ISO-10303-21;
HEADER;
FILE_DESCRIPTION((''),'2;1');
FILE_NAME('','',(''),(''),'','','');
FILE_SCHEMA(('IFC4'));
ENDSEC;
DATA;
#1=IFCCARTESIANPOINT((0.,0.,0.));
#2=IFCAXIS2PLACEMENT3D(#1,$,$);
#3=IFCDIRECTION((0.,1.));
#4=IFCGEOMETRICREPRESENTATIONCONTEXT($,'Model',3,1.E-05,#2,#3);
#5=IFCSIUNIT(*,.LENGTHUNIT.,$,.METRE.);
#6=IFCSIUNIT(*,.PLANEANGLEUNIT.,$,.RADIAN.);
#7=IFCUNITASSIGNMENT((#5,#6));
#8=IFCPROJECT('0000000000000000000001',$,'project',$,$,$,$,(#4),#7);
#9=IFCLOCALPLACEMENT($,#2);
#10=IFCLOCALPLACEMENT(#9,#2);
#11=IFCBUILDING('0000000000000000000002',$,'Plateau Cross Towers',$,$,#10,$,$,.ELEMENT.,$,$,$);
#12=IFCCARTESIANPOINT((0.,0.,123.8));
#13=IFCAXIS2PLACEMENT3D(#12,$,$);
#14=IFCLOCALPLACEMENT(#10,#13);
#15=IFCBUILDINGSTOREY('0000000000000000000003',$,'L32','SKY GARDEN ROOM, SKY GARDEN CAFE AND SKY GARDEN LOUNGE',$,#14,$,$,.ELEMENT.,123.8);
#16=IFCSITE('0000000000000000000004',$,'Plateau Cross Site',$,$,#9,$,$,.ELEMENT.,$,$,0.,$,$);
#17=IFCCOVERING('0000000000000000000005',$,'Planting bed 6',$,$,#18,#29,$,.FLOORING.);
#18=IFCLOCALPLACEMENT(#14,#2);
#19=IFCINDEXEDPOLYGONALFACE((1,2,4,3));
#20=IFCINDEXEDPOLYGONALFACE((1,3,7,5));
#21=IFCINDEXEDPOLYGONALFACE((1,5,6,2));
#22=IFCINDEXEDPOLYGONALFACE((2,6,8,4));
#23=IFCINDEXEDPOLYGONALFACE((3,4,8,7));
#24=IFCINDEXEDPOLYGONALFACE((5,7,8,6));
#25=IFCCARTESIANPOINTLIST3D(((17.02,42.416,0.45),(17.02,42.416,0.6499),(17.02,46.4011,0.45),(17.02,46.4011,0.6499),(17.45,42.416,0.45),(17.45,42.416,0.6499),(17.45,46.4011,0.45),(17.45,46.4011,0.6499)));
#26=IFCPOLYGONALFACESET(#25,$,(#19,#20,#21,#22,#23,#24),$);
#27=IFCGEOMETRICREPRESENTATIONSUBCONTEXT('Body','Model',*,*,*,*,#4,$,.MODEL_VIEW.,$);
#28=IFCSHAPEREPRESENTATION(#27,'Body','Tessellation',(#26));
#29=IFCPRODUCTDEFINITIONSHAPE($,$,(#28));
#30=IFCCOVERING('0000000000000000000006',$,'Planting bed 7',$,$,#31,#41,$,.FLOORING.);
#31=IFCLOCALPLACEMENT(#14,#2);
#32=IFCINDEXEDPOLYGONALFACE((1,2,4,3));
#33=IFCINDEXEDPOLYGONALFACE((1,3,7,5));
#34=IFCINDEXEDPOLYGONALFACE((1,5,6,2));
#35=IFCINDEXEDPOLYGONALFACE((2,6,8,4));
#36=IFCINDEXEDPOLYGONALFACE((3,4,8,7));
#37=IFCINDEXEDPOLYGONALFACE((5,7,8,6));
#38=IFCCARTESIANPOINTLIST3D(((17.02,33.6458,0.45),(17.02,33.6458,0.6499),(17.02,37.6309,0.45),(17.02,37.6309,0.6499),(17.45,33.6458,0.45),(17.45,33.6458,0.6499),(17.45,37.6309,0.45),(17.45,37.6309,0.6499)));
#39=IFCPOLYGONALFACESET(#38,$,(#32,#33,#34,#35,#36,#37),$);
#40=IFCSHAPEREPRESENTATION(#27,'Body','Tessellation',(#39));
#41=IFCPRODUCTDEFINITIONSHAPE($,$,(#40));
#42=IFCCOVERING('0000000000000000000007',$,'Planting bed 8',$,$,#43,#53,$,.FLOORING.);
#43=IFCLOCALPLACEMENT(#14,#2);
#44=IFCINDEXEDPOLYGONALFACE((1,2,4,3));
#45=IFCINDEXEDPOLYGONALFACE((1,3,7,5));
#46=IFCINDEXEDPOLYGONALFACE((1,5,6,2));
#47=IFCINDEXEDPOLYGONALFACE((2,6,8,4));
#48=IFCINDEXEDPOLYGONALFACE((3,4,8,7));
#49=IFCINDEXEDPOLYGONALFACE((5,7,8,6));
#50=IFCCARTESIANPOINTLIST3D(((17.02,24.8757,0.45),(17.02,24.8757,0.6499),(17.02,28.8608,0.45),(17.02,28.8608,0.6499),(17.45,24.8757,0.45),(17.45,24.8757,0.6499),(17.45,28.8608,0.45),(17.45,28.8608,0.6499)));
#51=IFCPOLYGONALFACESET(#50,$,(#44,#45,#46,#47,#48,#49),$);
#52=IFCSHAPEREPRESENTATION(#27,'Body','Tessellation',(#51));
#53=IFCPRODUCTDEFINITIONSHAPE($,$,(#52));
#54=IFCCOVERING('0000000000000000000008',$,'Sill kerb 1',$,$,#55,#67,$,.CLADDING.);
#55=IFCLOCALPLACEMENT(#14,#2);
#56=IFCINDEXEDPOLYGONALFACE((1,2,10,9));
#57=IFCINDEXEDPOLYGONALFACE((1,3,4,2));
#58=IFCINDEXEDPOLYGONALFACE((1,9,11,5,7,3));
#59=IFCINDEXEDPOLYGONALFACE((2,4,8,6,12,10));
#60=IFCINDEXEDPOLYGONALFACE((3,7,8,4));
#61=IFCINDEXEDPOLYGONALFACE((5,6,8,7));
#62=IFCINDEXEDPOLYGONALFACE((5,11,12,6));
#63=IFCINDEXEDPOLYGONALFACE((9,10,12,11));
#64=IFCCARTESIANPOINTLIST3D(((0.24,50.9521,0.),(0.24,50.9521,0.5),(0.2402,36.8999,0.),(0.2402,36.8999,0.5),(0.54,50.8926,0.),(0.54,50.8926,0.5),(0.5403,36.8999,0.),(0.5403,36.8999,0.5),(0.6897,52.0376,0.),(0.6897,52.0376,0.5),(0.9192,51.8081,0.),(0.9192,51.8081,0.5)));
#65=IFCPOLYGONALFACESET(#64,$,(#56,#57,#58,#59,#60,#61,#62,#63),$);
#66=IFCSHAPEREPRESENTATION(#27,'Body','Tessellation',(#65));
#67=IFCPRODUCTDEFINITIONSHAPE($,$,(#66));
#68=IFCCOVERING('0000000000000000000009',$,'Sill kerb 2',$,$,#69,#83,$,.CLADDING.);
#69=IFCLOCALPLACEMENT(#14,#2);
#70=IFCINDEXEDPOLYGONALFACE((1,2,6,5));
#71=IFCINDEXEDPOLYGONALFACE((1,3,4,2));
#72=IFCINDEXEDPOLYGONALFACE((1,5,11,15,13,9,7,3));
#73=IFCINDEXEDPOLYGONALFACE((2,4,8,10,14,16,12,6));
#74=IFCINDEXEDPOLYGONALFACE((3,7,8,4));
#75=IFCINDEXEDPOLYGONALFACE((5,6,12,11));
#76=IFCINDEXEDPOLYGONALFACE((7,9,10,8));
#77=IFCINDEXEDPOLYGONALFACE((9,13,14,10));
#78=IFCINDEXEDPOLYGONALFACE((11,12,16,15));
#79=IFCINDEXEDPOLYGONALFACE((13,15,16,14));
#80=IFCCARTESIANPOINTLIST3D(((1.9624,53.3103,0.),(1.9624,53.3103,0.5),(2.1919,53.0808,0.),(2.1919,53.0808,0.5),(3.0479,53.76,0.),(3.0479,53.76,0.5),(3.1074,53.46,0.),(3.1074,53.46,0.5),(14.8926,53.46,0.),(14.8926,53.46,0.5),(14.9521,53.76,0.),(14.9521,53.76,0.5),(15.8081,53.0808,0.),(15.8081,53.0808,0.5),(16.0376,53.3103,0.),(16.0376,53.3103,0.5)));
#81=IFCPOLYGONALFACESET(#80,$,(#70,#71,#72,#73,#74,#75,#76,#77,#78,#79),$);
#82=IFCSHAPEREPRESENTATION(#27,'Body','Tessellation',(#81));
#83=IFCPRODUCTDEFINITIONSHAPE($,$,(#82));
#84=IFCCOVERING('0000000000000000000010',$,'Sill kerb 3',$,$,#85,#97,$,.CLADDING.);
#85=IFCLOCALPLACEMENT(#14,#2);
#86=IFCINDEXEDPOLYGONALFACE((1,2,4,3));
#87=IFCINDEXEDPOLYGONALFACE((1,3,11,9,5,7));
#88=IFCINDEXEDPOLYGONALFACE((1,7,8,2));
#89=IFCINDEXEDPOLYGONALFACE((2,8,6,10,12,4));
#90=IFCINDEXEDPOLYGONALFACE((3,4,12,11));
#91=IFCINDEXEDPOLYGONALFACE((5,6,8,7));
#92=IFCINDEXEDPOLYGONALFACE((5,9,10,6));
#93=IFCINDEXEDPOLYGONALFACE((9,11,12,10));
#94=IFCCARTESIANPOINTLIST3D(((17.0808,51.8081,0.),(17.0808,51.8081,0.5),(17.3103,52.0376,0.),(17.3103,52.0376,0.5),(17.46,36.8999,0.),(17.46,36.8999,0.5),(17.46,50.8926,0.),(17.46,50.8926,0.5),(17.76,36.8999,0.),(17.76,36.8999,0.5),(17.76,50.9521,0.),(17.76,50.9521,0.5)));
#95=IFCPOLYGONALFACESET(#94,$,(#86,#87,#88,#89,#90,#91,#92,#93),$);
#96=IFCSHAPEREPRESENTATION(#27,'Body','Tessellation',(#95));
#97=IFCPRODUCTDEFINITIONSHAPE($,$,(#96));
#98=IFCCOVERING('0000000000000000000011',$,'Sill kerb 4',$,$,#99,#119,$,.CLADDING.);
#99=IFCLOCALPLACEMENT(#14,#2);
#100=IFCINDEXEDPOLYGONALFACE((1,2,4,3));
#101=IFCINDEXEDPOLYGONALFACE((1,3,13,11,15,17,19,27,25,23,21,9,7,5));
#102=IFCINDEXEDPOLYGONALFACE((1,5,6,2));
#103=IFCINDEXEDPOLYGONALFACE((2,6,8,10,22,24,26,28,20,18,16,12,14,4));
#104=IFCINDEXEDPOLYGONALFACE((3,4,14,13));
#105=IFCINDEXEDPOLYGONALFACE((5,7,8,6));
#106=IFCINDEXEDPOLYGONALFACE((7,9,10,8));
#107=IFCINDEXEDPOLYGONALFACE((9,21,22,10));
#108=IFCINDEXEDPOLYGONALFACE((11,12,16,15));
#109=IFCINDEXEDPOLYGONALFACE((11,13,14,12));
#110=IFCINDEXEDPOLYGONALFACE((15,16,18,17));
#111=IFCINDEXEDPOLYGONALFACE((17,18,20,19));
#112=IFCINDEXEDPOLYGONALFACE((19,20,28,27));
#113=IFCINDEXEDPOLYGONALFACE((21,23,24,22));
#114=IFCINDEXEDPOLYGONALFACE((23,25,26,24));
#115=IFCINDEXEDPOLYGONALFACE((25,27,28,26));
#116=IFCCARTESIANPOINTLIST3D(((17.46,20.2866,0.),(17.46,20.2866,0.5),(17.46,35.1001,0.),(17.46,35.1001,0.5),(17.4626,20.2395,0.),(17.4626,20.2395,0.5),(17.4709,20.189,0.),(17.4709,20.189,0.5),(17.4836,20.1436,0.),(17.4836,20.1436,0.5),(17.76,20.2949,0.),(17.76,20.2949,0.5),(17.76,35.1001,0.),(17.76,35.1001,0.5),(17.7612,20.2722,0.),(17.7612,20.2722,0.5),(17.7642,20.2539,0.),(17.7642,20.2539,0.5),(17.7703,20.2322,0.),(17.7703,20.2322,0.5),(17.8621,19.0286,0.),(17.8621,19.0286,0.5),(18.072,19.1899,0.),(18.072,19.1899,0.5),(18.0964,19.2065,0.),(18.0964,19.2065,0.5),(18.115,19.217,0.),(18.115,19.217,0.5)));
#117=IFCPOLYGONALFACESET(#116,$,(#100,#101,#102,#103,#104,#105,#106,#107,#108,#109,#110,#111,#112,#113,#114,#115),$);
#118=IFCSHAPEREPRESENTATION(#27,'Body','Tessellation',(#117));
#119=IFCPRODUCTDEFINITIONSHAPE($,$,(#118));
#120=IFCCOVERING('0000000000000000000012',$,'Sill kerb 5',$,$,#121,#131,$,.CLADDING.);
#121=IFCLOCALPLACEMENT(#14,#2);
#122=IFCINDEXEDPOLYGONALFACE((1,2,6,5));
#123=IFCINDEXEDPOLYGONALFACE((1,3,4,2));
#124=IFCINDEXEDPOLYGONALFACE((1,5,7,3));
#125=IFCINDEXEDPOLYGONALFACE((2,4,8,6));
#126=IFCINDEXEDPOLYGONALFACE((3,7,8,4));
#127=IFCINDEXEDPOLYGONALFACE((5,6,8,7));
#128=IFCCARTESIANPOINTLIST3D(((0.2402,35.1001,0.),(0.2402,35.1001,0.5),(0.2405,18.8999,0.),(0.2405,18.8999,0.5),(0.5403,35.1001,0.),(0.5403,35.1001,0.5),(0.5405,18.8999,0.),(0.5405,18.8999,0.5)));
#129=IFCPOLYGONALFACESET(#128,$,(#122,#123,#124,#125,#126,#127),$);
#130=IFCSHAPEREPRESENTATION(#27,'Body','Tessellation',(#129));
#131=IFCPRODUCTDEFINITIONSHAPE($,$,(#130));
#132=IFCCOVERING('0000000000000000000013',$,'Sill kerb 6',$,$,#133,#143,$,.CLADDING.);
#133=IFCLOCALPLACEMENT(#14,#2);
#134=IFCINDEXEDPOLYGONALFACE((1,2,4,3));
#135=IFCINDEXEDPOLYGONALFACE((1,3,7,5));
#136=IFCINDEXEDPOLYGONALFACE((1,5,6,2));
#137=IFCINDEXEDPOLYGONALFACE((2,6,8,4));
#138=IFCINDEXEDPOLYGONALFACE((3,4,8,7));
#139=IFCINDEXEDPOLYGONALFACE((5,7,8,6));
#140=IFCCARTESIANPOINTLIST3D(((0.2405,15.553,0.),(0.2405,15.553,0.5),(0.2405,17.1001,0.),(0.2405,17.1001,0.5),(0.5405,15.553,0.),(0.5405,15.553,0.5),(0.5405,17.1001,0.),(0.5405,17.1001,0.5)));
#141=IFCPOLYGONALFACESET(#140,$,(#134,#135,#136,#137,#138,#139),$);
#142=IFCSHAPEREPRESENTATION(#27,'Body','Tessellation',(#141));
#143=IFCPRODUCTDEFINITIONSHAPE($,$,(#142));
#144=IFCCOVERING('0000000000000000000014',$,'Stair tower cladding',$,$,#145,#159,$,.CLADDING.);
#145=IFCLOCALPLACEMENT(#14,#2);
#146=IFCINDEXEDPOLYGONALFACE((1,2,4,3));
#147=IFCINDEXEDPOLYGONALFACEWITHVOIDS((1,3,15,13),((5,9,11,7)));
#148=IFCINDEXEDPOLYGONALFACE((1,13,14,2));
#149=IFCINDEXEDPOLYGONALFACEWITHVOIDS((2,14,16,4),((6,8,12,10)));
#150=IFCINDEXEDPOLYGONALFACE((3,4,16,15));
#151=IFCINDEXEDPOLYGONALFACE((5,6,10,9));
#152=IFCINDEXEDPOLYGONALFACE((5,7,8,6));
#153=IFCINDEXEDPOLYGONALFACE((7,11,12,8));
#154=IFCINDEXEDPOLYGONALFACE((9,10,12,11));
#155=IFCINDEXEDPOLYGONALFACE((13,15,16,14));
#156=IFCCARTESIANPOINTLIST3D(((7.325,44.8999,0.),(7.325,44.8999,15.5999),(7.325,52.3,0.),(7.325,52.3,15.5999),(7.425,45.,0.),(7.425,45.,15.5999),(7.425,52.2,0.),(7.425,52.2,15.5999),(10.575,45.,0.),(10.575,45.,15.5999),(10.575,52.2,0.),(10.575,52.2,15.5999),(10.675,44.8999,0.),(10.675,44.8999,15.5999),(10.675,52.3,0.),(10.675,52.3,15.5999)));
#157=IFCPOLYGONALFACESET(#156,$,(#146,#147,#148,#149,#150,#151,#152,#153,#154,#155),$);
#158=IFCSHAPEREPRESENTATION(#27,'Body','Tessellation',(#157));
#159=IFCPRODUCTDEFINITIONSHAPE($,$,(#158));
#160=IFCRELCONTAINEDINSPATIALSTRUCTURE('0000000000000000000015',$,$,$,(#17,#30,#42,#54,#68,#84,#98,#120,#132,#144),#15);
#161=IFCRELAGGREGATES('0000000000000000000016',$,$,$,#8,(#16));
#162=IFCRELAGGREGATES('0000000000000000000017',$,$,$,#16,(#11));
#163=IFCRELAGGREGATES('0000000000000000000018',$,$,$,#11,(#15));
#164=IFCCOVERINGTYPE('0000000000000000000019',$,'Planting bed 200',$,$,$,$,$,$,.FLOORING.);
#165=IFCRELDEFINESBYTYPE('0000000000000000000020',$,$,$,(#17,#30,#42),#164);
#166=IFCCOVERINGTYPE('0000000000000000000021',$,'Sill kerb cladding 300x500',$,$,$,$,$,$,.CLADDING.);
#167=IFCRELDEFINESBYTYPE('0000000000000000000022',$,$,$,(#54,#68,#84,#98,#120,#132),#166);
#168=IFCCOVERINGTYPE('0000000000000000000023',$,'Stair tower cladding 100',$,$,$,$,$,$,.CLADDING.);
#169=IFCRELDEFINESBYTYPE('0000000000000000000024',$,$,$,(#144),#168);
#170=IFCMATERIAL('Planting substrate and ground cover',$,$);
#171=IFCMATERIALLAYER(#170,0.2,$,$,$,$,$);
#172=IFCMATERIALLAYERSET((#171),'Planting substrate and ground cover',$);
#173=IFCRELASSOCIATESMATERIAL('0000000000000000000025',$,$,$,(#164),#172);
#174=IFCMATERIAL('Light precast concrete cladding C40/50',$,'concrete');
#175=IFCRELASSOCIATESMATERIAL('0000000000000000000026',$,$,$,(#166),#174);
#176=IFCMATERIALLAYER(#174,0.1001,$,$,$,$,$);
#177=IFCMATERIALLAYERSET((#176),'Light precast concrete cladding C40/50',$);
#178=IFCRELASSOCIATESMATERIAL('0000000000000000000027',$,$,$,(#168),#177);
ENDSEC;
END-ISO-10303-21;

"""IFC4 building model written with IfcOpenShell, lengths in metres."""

from ifc_helpers import new_model, si_unit, direction, frame, origin, place, context, subcontext, project, spatial, polyline, outline, extrude, material, layer, layer_set, type_object, element, save


model = new_model("IFC4")

# Units and contexts
model_context = context("Model", 3, precision=1e-05, world=origin(), true_north=direction((0.0, 1.0)))
body_context = subcontext(model_context, "Body", "Model", "MODEL_VIEW")
ifc_project = project(units=[si_unit("LENGTHUNIT", "METRE"), si_unit("PLANEANGLEUNIT", "RADIAN")], contexts=[model_context])

# Site, building, storey
site_placement = place(None, origin())
site = spatial("IfcSite", under=ifc_project, at=site_placement, Name="Plateau Cross Site", CompositionType="ELEMENT", RefElevation=0.0)
building_placement = place(site_placement, origin())
building = spatial("IfcBuilding", under=site, at=building_placement, Name="Plateau Cross Towers", CompositionType="ELEMENT")
storey_placement = place(building_placement, frame((0.0, 0.0, 123.8)))
storey = spatial("IfcBuildingStorey", under=building, at=storey_placement, Name="L32", Description="SKY GARDEN ROOM, SKY GARDEN CAFE AND SKY GARDEN LOUNGE", CompositionType="ELEMENT", Elevation=123.8)

# Coverings
ifc_material_1 = material(Name="Light precast concrete cladding C40/50", Category="concrete")
ifc_material_2 = material(Name="Planting substrate and ground cover")
ifc_layer_1 = layer(ifc_material_2, 0.2)
ifc_layer_set_1 = layer_set([ifc_layer_1], Name="Planting substrate and ground cover")
covering_type_1 = type_object("IfcCoveringType", Name="Planting bed 200", PredefinedType="FLOORING", material=ifc_layer_set_1)
covering_1_placement = place(storey_placement, frame((0.0, 0.0, 0.45)))
element("IfcCovering", 1, at=covering_1_placement, inside=storey, type_object=covering_type_1, Name="Planting bed 6", PredefinedType="FLOORING", context=body_context, shape_type="SweptSolid", body=[
    extrude(outline(polyline([(17.45, 42.416), (17.02, 42.416), (17.02, 46.4011), (17.45, 46.4011), (17.45, 42.416)])), origin(), (0.0, 0.0, 1.0), 0.2),
])
covering_2_placement = place(storey_placement, frame((0.0, 0.0, 0.45)))
element("IfcCovering", 2, at=covering_2_placement, inside=storey, type_object=covering_type_1, Name="Planting bed 7", PredefinedType="FLOORING", context=body_context, shape_type="SweptSolid", body=[
    extrude(outline(polyline([(17.45, 33.6458), (17.02, 33.6458), (17.02, 37.6309), (17.45, 37.6309), (17.45, 33.6458)])), origin(), (0.0, 0.0, 1.0), 0.2),
])
covering_3_placement = place(storey_placement, frame((0.0, 0.0, 0.45)))
element("IfcCovering", 3, at=covering_3_placement, inside=storey, type_object=covering_type_1, Name="Planting bed 8", PredefinedType="FLOORING", context=body_context, shape_type="SweptSolid", body=[
    extrude(outline(polyline([(17.45, 24.8757), (17.02, 24.8757), (17.02, 28.8608), (17.45, 28.8608), (17.45, 24.8757)])), origin(), (0.0, 0.0, 1.0), 0.2),
])
covering_type_2 = type_object("IfcCoveringType", Name="Sill kerb cladding 300x500", PredefinedType="CLADDING", material=ifc_material_1)
covering_4_placement = place(storey_placement, origin())
element("IfcCovering", 4, at=covering_4_placement, inside=storey, type_object=covering_type_2, Name="Sill kerb 1", PredefinedType="CLADDING", context=body_context, shape_type="SweptSolid", body=[
    extrude(outline(polyline([(0.6897, 52.0376), (0.9192, 51.8081), (0.54, 50.8926), (0.5403, 36.8999), (0.2402, 36.8999), (0.24, 50.9521), (0.6897, 52.0376)])), origin(), (0.0, 0.0, 1.0), 0.5),
])
covering_5_placement = place(storey_placement, origin())
element("IfcCovering", 5, at=covering_5_placement, inside=storey, type_object=covering_type_2, Name="Sill kerb 2", PredefinedType="CLADDING", context=body_context, shape_type="SweptSolid", body=[
    extrude(outline(polyline([(3.0479, 53.76), (14.9521, 53.76), (16.0376, 53.3103), (15.8081, 53.0808), (14.8926, 53.46), (3.1074, 53.46), (2.1919, 53.0808), (1.9624, 53.3103), (3.0479, 53.76)])), origin(), (0.0, 0.0, 1.0), 0.5),
])
covering_6_placement = place(storey_placement, origin())
element("IfcCovering", 6, at=covering_6_placement, inside=storey, type_object=covering_type_2, Name="Sill kerb 3", PredefinedType="CLADDING", context=body_context, shape_type="SweptSolid", body=[
    extrude(outline(polyline([(17.76, 50.9521), (17.76, 36.8999), (17.46, 36.8999), (17.46, 50.8926), (17.0808, 51.8081), (17.3103, 52.0376), (17.76, 50.9521)])), origin(), (0.0, 0.0, 1.0), 0.5),
])
covering_7_placement = place(storey_placement, origin())
element("IfcCovering", 7, at=covering_7_placement, inside=storey, type_object=covering_type_2, Name="Sill kerb 4", PredefinedType="CLADDING", context=body_context, shape_type="SweptSolid", body=[
    extrude(outline(polyline([(17.76, 20.2949), (17.7612, 20.2722), (17.7642, 20.2539), (17.7703, 20.2322), (18.115, 19.217), (18.0964, 19.2065), (18.072, 19.1899), (17.8621, 19.0286), (17.4836, 20.1436), (17.4709, 20.189), (17.4626, 20.2395), (17.46, 20.2866), (17.46, 35.1001), (17.76, 35.1001), (17.76, 20.2949)])), origin(), (0.0, 0.0, 1.0), 0.5),
])
covering_8_placement = place(storey_placement, origin())
element("IfcCovering", 8, at=covering_8_placement, inside=storey, type_object=covering_type_2, Name="Sill kerb 5", PredefinedType="CLADDING", context=body_context, shape_type="SweptSolid", body=[
    extrude(outline(polyline([(0.5405, 18.8999), (0.2405, 18.8999), (0.2402, 35.1001), (0.5403, 35.1001), (0.5405, 18.8999)])), origin(), (0.0, 0.0, 1.0), 0.5),
])
covering_9_placement = place(storey_placement, origin())
element("IfcCovering", 9, at=covering_9_placement, inside=storey, type_object=covering_type_2, Name="Sill kerb 6", PredefinedType="CLADDING", context=body_context, shape_type="SweptSolid", body=[
    extrude(outline(polyline([(0.5405, 15.553), (0.2405, 15.553), (0.2405, 17.1001), (0.5405, 17.1001), (0.5405, 15.553)])), origin(), (0.0, 0.0, 1.0), 0.5),
])
ifc_layer_2 = layer(ifc_material_1, 0.1001)
ifc_layer_set_2 = layer_set([ifc_layer_2], Name="Light precast concrete cladding C40/50")
covering_type_3 = type_object("IfcCoveringType", Name="Stair tower cladding 100", PredefinedType="CLADDING", material=ifc_layer_set_2)
covering_10_placement = place(storey_placement, origin())
element("IfcCovering", 10, at=covering_10_placement, inside=storey, type_object=covering_type_3, Name="Stair tower cladding", PredefinedType="CLADDING", context=body_context, shape_type="SweptSolid", body=[
    extrude(outline(polyline([(7.325, 52.3), (10.675, 52.3), (10.675, 44.8999), (7.325, 44.8999), (7.325, 52.3)]), holes=[polyline([(10.575, 45.0), (10.575, 52.2), (7.425, 52.2), (7.425, 45.0), (10.575, 45.0)])]), origin(), (0.0, 0.0, 1.0), 15.5999),
])

save(model, "model.ifc")
